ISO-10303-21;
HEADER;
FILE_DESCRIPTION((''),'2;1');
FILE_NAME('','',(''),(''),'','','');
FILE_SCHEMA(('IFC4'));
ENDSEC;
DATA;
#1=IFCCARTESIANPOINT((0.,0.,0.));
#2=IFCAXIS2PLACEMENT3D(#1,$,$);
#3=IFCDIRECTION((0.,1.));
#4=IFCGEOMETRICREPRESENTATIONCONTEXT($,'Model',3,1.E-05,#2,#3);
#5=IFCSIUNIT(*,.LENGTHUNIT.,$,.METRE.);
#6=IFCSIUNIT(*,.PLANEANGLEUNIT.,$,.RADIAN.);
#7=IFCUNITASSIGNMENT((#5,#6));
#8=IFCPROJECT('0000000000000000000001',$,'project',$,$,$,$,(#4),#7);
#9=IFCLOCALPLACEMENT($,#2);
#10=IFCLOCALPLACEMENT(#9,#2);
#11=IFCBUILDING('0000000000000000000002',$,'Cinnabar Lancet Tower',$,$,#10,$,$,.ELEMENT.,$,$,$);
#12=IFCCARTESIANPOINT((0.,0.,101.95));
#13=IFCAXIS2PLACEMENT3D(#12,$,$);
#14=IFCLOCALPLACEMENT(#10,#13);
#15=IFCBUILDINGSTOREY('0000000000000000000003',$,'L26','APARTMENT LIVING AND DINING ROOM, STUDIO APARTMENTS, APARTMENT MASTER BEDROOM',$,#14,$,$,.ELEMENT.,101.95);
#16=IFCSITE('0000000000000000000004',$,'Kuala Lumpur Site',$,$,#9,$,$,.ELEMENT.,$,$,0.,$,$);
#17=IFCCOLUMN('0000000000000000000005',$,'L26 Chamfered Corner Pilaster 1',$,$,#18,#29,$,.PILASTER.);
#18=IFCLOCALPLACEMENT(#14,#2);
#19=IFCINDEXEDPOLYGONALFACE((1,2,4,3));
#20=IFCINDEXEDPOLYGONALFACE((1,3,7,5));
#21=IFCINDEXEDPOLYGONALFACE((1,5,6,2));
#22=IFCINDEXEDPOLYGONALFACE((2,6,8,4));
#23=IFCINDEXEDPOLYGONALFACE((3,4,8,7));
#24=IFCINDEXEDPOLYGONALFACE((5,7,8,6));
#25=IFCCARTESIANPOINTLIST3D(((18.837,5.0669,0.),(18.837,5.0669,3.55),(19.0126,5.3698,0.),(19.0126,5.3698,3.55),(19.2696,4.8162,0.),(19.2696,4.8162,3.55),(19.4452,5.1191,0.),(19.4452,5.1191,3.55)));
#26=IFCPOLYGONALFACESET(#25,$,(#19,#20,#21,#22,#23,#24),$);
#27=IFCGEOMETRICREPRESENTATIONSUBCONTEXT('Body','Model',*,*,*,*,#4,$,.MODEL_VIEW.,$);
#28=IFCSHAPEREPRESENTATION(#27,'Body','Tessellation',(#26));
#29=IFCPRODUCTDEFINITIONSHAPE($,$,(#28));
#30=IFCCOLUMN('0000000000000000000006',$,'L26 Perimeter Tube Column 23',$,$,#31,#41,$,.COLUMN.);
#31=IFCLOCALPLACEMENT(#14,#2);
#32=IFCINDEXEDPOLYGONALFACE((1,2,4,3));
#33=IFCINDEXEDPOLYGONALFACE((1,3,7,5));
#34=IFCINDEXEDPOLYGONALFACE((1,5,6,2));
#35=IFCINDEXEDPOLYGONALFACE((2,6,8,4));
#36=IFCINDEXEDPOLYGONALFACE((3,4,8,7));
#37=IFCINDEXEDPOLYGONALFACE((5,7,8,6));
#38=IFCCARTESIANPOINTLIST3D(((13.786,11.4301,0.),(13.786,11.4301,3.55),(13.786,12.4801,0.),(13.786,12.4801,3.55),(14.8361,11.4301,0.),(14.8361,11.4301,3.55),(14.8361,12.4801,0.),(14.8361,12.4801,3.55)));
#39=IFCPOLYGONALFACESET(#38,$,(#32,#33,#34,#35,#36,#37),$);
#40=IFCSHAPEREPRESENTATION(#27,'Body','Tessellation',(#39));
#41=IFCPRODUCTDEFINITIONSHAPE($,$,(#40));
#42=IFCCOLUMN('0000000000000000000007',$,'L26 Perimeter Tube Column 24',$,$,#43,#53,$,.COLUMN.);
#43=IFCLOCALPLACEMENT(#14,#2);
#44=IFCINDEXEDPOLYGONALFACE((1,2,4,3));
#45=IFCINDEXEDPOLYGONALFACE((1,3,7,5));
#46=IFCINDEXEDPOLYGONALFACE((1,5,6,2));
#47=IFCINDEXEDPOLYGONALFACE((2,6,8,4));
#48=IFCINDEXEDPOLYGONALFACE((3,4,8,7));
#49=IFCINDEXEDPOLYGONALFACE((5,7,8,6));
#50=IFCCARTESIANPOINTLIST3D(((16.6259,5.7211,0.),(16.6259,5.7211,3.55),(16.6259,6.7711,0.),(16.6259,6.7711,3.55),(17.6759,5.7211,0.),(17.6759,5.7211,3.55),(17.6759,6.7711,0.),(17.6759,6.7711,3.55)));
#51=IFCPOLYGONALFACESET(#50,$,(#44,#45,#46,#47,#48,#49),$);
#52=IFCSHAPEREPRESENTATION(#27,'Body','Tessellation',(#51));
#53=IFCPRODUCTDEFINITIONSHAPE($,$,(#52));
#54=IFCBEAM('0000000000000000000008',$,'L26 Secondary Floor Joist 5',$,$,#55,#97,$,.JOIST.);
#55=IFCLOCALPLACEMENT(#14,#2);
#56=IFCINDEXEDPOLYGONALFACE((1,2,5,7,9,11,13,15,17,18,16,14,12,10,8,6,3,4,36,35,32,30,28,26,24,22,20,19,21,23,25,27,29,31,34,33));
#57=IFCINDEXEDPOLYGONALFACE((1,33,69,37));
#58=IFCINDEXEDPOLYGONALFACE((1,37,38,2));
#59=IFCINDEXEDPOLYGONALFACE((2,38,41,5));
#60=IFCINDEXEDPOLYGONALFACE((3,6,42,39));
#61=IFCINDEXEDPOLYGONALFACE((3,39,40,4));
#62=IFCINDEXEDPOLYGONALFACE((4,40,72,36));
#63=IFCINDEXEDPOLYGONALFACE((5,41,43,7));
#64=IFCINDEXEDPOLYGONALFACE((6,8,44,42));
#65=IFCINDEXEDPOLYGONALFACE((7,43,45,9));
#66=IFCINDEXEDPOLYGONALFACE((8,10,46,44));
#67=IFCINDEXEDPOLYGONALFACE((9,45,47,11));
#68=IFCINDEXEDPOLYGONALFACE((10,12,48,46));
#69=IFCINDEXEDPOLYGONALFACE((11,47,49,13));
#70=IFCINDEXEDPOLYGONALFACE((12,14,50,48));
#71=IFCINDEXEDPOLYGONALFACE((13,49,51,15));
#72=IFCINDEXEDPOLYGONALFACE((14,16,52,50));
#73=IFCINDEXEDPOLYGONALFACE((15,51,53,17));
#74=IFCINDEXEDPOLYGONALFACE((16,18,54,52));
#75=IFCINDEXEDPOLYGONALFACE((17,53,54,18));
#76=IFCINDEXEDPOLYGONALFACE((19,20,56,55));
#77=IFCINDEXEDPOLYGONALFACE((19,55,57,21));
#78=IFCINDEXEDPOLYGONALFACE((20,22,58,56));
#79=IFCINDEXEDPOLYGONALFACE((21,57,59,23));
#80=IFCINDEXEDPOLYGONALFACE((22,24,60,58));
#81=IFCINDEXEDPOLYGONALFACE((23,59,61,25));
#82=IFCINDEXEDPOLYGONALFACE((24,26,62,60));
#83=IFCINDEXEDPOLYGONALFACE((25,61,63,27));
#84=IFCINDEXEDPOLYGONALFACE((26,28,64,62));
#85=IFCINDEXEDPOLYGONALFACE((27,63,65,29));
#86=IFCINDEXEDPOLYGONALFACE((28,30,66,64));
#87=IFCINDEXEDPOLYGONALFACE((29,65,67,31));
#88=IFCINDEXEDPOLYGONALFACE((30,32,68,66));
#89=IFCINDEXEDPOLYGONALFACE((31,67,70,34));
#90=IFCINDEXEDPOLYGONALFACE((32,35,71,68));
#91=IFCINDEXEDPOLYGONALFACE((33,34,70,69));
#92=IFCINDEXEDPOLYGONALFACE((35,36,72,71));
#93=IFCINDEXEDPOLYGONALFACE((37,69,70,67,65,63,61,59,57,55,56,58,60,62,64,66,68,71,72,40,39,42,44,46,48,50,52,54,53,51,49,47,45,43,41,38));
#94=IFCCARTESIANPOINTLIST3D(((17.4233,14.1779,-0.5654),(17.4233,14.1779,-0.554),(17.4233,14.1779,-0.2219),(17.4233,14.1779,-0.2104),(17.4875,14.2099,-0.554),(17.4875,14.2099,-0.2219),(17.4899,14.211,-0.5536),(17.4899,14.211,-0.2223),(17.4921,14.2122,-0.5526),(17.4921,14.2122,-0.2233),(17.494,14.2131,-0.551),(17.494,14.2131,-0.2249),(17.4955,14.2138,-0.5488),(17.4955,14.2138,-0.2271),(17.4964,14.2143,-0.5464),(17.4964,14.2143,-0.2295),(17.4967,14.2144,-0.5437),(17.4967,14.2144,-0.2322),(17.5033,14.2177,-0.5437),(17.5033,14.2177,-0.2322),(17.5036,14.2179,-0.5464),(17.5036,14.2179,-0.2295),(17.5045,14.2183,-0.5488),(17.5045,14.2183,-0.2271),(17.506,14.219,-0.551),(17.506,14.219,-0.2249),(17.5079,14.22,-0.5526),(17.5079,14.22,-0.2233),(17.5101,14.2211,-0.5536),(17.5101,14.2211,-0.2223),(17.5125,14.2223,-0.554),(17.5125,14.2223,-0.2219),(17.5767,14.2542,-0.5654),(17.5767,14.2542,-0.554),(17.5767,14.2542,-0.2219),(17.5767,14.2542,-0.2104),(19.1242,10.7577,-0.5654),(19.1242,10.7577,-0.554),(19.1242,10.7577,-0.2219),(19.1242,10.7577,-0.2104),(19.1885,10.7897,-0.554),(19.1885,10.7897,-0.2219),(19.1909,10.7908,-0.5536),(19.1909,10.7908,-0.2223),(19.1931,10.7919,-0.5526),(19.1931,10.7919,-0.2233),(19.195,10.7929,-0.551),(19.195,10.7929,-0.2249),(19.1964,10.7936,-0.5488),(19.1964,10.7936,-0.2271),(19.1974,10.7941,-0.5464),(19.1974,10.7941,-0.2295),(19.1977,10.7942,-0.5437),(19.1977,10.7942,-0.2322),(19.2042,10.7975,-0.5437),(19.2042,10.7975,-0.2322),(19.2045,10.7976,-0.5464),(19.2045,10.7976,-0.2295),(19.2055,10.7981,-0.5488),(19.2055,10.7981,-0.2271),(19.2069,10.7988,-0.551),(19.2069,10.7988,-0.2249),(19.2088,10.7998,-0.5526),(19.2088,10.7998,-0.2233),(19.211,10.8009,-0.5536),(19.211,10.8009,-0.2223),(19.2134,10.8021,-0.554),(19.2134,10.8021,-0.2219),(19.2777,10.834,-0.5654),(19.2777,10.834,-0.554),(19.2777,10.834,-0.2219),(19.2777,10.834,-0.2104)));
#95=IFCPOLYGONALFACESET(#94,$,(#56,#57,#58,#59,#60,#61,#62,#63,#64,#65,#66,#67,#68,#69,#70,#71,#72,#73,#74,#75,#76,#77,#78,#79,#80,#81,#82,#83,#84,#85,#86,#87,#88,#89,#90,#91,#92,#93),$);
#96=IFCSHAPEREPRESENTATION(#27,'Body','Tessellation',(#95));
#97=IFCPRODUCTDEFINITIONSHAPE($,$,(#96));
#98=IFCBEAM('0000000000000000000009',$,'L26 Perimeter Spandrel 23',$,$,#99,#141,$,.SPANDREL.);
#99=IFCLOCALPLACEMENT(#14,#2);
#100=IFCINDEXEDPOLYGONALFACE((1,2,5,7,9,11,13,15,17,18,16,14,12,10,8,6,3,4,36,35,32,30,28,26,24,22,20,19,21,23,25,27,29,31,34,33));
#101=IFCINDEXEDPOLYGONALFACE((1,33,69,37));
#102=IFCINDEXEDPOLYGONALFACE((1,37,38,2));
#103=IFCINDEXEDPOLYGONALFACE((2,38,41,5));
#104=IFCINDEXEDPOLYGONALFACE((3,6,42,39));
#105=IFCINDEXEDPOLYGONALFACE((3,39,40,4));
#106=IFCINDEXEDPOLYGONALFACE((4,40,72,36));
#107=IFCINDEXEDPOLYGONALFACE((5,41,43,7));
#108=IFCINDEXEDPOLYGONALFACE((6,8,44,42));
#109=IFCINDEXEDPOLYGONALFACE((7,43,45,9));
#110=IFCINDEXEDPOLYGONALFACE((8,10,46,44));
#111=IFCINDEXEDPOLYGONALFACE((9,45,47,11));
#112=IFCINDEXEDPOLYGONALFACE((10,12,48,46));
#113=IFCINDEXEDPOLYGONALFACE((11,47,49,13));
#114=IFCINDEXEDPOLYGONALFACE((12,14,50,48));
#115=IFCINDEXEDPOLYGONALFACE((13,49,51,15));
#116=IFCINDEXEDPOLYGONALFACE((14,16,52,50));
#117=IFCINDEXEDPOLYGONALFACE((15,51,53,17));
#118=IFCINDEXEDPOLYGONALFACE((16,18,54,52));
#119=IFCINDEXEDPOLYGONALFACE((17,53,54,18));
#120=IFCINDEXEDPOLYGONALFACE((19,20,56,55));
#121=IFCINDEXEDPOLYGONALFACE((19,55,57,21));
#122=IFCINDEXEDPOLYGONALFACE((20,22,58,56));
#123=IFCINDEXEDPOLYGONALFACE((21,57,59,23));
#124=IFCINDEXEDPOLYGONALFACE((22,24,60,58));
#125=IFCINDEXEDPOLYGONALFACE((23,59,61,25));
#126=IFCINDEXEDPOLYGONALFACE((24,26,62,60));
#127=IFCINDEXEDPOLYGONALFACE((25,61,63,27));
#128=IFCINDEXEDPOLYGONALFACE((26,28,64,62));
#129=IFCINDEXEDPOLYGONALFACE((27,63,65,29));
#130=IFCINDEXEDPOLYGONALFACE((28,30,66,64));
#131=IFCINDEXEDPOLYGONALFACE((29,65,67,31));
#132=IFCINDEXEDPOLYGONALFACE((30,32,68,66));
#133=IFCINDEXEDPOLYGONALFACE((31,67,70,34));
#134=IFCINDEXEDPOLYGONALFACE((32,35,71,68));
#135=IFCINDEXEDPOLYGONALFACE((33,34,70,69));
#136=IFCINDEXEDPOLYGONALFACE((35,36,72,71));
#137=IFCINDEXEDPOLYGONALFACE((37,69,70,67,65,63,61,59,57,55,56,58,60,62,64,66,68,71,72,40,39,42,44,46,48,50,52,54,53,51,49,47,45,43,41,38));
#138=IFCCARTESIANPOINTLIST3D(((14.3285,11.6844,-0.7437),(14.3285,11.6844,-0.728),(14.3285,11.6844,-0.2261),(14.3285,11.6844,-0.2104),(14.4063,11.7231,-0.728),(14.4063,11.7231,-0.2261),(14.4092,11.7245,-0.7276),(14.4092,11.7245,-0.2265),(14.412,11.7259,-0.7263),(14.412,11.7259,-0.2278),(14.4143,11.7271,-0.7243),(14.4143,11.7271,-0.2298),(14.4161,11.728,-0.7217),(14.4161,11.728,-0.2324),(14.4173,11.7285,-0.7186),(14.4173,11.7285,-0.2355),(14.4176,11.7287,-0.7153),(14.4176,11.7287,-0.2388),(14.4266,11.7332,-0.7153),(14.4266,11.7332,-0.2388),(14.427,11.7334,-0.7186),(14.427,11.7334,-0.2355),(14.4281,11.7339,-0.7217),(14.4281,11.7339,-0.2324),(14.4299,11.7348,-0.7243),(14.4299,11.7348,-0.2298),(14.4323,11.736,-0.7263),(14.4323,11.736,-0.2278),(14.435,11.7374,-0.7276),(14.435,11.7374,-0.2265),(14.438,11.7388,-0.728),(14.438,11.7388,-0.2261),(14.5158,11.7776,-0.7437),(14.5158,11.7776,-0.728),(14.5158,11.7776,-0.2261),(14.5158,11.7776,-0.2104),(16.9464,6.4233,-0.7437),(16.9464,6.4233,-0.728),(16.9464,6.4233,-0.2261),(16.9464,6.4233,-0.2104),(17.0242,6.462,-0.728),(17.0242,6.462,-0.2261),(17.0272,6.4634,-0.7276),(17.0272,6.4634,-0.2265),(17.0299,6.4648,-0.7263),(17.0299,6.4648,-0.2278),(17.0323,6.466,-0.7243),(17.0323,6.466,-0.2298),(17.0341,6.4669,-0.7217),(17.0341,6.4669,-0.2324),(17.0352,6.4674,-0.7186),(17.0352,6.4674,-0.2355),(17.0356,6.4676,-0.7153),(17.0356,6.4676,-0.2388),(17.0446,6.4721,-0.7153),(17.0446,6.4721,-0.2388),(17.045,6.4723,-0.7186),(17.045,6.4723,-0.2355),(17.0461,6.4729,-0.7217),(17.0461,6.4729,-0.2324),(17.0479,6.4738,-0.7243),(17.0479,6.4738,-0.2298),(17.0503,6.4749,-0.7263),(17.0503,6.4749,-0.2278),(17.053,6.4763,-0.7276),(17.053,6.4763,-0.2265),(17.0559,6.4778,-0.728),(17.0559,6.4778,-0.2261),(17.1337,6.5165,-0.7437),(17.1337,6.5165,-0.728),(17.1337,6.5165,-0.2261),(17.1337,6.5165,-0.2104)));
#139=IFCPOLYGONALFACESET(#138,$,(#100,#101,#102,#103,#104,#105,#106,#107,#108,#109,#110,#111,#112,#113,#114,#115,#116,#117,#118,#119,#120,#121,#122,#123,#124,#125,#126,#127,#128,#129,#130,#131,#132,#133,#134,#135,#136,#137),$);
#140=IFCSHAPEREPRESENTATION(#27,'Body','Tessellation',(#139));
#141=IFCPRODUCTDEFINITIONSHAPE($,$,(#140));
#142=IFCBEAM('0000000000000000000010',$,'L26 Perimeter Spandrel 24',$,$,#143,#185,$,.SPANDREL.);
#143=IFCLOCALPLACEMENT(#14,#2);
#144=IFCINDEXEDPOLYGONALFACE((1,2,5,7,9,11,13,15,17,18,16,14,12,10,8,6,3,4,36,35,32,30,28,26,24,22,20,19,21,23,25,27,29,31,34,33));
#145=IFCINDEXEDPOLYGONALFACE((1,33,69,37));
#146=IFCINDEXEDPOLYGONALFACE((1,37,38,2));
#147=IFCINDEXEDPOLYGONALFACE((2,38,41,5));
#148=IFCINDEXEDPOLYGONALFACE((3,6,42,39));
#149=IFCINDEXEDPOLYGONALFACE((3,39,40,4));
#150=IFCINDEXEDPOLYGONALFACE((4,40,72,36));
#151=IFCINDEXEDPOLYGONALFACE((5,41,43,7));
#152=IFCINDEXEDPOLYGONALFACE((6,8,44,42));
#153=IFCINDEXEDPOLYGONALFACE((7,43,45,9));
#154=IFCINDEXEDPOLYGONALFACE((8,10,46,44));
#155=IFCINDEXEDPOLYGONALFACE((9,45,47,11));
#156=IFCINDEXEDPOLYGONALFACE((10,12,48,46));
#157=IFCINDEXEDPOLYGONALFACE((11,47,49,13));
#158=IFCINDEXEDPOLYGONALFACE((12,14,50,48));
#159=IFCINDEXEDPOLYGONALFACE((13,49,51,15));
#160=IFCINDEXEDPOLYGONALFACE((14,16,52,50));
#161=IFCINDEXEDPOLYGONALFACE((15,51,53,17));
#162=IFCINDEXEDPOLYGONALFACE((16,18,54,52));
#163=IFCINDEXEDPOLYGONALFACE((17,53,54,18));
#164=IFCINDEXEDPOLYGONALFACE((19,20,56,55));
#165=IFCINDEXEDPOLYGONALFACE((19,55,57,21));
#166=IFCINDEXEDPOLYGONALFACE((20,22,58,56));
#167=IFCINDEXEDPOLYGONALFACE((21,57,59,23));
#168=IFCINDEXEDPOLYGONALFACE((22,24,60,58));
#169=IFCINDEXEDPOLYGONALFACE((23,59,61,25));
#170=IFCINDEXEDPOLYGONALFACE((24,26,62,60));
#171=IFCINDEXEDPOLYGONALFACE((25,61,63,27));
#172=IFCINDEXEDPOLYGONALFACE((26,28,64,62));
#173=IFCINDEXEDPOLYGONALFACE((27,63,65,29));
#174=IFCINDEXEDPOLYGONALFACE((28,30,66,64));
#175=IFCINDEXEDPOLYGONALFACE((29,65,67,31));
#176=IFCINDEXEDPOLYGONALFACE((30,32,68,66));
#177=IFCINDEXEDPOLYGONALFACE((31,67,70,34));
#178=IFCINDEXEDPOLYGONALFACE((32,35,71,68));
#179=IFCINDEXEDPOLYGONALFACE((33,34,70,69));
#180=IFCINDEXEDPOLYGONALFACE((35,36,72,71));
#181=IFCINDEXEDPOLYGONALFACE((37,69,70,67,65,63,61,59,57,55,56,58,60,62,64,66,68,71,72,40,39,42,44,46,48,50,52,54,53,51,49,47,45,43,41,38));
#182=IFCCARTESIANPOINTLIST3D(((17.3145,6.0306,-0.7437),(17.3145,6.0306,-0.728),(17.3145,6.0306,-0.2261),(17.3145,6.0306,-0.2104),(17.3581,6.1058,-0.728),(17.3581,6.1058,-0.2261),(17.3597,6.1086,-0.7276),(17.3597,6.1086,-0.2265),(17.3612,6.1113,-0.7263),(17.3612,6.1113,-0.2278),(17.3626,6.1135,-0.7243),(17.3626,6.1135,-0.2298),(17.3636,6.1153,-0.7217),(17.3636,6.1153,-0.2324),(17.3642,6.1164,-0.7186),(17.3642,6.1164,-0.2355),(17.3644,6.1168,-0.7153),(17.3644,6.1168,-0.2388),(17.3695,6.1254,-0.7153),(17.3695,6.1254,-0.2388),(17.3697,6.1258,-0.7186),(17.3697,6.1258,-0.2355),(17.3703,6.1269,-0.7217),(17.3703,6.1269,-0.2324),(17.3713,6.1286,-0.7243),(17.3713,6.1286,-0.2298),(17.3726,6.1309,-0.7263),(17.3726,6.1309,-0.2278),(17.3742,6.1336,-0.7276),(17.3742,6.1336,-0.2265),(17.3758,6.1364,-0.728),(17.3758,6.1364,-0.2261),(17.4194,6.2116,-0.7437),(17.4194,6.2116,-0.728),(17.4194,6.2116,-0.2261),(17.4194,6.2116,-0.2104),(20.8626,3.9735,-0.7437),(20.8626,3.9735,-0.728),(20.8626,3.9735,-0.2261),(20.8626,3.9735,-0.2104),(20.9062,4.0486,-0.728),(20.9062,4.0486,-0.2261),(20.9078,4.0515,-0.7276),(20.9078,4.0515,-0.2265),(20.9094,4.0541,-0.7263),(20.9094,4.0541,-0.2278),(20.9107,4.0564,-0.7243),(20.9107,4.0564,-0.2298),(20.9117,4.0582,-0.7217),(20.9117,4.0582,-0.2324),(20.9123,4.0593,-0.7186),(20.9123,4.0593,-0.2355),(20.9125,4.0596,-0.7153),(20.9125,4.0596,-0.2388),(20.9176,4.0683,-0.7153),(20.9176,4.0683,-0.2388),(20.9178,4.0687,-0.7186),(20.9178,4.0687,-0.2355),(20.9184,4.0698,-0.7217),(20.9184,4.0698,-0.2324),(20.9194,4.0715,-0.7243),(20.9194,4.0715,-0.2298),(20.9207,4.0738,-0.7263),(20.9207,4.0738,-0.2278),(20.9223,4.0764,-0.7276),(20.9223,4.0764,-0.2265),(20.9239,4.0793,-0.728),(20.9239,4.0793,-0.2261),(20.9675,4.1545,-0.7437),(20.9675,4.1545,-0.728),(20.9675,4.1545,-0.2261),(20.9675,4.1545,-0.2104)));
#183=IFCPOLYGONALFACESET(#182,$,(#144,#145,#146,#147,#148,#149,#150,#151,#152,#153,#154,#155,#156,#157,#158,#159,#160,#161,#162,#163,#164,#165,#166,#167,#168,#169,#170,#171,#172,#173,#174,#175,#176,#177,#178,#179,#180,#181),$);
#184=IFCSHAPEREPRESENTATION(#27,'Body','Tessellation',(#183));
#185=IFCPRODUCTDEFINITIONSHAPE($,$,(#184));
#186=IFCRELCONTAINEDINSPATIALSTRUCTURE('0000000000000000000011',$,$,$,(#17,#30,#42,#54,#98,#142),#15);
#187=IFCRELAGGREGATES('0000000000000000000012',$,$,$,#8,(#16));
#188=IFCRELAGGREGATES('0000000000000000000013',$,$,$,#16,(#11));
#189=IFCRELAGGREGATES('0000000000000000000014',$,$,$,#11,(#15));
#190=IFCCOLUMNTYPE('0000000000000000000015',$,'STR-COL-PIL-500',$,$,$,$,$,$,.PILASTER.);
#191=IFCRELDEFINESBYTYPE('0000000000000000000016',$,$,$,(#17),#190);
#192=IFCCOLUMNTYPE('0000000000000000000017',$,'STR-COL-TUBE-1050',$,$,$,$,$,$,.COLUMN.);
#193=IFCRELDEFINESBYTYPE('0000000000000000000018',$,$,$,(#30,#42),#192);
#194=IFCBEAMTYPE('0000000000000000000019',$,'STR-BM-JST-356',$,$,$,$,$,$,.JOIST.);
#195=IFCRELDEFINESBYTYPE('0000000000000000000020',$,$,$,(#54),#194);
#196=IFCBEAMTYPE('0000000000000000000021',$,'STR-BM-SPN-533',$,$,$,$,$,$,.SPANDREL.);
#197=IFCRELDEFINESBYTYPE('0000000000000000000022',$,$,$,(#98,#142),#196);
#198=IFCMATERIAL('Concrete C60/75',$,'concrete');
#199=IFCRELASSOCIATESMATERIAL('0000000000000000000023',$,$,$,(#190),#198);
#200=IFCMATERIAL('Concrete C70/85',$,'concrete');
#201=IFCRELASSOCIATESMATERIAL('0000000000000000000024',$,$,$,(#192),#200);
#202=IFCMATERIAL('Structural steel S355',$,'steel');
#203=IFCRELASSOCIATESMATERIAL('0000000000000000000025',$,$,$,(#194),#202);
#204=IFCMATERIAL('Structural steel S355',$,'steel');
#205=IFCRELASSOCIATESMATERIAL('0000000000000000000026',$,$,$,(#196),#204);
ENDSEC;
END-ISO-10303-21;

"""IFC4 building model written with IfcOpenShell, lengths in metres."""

from ifc_helpers import new_model, si_unit, direction, frame, origin, origin_2d, place, context, subcontext, project, spatial, rectangle, i_section, extrude, material, material_profile, profile_set, type_object, element, save


model = new_model("IFC4")

# Units and contexts
model_context = context("Model", 3, precision=1e-05, world=origin(), true_north=direction((0.0, 1.0)))
body_context = subcontext(model_context, "Body", "Model", "MODEL_VIEW")
ifc_project = project(units=[si_unit("LENGTHUNIT", "METRE"), si_unit("PLANEANGLEUNIT", "RADIAN")], contexts=[model_context])

# Site, building, storey
site_placement = place(None, origin())
site = spatial("IfcSite", under=ifc_project, at=site_placement, Name="Kuala Lumpur Site", CompositionType="ELEMENT", RefElevation=0.0)
building_placement = place(site_placement, origin())
building = spatial("IfcBuilding", under=site, at=building_placement, Name="Cinnabar Lancet Tower", CompositionType="ELEMENT")
storey_placement = place(building_placement, frame((0.0, 0.0, 101.95)))
storey = spatial("IfcBuildingStorey", under=building, at=storey_placement, Name="L26", Description="APARTMENT LIVING AND DINING ROOM, STUDIO APARTMENTS, APARTMENT MASTER BEDROOM", CompositionType="ELEMENT", Elevation=101.95)

# Columns
ifc_material_1 = material(Name="Concrete C60/75", Category="concrete")
ifc_material_profile_1 = material_profile(ifc_material_1, rectangle(XDim=0.5, YDim=0.3501, at=origin_2d()), Name="RC-PIL 500x350")
ifc_profile_set_1 = profile_set([ifc_material_profile_1], Name="Concrete C60/75")
column_type_1 = type_object("IfcColumnType", Name="STR-COL-PIL-500", PredefinedType="PILASTER", material=ifc_profile_set_1)
column_placement = place(storey_placement, frame((19.1411, 5.093, 0.0), z_axis=(0.0, 0.0, 1.0), x_axis=(0.86516, -0.501496, 0.0)))
element("IfcColumn", 1, at=column_placement, inside=storey, type_object=column_type_1, Name="L26 Chamfered Corner Pilaster 1", PredefinedType="PILASTER", context=body_context, shape_type="SweptSolid", body=[
    extrude(rectangle(XDim=0.5, YDim=0.3501, at=origin_2d()), origin(), (0.0, 0.0, 1.0), 3.55),
])
ifc_material_2 = material(Name="Concrete C70/85", Category="concrete")
ifc_material_profile_2 = material_profile(ifc_material_2, rectangle(XDim=1.05, YDim=1.05, at=origin_2d()), Name="RC-COL 1050x1050")
ifc_profile_set_2 = profile_set([ifc_material_profile_2], Name="Concrete C70/85")
column_type_2 = type_object("IfcColumnType", Name="STR-COL-TUBE-1050", PredefinedType="COLUMN", material=ifc_profile_set_2)
for number, where, z_axis, x_axis, name in (
    (2, (14.311, 11.9551, 0.0), (0.0, 0.0, 1.0), (1.0, 0.0, 0.0), "L26 Perimeter Tube Column 23"),
    (3, (17.1509, 6.2461, 0.0), (0.0, 0.0, 1.0), (1.0, 0.0, 0.0), "L26 Perimeter Tube Column 24"),
):
    element("IfcColumn", number, at=place(storey_placement, frame(where, z_axis=z_axis, x_axis=x_axis)), inside=storey, type_object=column_type_2, Name=name, PredefinedType="COLUMN", context=body_context, shape_type="SweptSolid", body=[
        extrude(rectangle(XDim=1.05, YDim=1.05, at=origin_2d()), origin(), (0.0, 0.0, 1.0), 3.55),
    ])

# Beams
ifc_material_3 = material(Name="Structural steel S355", Category="steel")
ifc_material_profile_3 = material_profile(ifc_material_3, i_section(OverallWidth=0.1714, OverallDepth=0.355, WebThickness=0.0073, FlangeThickness=0.0115, FilletRadius=0.0103, at=origin_2d()), Name="UKB 356x171x51")
ifc_profile_set_3 = profile_set([ifc_material_profile_3], Name="Structural steel S355")
beam_type_1 = type_object("IfcBeamType", Name="STR-BM-JST-356", PredefinedType="JOIST", material=ifc_profile_set_3)
beam_1_placement = place(storey_placement, frame((17.5, 14.2161, -0.3879), z_axis=(0.445295, -0.895384, 0.0), x_axis=(0.895384, 0.445295, 0.0)))
element("IfcBeam", 4, at=beam_1_placement, inside=storey, type_object=beam_type_1, Name="L26 Secondary Floor Joist 5", PredefinedType="JOIST", context=body_context, shape_type="SweptSolid", body=[
    extrude(i_section(OverallWidth=0.1714, OverallDepth=0.355, WebThickness=0.0073, FlangeThickness=0.0115, FilletRadius=0.0103, at=origin_2d()), origin(), (0.0, 0.0, 1.0), 3.8198),
])
ifc_material_4 = material(Name="Structural steel S355", Category="steel")
ifc_material_profile_4 = material_profile(ifc_material_4, i_section(OverallWidth=0.2092, OverallDepth=0.5332, WebThickness=0.01, FlangeThickness=0.0156, FilletRadius=0.0127, at=origin_2d()), Name="UKB 533x210x92")
ifc_profile_set_4 = profile_set([ifc_material_profile_4], Name="Structural steel S355")
beam_type_2 = type_object("IfcBeamType", Name="STR-BM-SPN-533", PredefinedType="SPANDREL", material=ifc_profile_set_4)
beam_2_placement = place(storey_placement, frame((14.4221, 11.731, -0.4771), z_axis=(0.445501, -0.895281, 0.0), x_axis=(0.895281, 0.445501, 0.0)))
element("IfcBeam", 5, at=beam_2_placement, inside=storey, type_object=beam_type_2, Name="L26 Perimeter Spandrel 23", PredefinedType="SPANDREL", context=body_context, shape_type="SweptSolid", body=[
    extrude(i_section(OverallWidth=0.2092, OverallDepth=0.5332, WebThickness=0.01, FlangeThickness=0.0156, FilletRadius=0.0127, at=origin_2d()), origin(), (0.0, 0.0, 1.0), 5.8765),
])
beam_3_placement = place(storey_placement, frame((17.3669, 6.1211, -0.4771), z_axis=(0.865112, -0.501578, 0.0), x_axis=(0.501578, 0.865112, 0.0)))
element("IfcBeam", 6, at=beam_3_placement, inside=storey, type_object=beam_type_2, Name="L26 Perimeter Spandrel 24", PredefinedType="SPANDREL", context=body_context, shape_type="SweptSolid", body=[
    extrude(i_section(OverallWidth=0.2092, OverallDepth=0.5332, WebThickness=0.01, FlangeThickness=0.0156, FilletRadius=0.0127, at=origin_2d()), origin(), (0.0, 0.0, 1.0), 4.1013),
])

save(model, "model.ifc")
